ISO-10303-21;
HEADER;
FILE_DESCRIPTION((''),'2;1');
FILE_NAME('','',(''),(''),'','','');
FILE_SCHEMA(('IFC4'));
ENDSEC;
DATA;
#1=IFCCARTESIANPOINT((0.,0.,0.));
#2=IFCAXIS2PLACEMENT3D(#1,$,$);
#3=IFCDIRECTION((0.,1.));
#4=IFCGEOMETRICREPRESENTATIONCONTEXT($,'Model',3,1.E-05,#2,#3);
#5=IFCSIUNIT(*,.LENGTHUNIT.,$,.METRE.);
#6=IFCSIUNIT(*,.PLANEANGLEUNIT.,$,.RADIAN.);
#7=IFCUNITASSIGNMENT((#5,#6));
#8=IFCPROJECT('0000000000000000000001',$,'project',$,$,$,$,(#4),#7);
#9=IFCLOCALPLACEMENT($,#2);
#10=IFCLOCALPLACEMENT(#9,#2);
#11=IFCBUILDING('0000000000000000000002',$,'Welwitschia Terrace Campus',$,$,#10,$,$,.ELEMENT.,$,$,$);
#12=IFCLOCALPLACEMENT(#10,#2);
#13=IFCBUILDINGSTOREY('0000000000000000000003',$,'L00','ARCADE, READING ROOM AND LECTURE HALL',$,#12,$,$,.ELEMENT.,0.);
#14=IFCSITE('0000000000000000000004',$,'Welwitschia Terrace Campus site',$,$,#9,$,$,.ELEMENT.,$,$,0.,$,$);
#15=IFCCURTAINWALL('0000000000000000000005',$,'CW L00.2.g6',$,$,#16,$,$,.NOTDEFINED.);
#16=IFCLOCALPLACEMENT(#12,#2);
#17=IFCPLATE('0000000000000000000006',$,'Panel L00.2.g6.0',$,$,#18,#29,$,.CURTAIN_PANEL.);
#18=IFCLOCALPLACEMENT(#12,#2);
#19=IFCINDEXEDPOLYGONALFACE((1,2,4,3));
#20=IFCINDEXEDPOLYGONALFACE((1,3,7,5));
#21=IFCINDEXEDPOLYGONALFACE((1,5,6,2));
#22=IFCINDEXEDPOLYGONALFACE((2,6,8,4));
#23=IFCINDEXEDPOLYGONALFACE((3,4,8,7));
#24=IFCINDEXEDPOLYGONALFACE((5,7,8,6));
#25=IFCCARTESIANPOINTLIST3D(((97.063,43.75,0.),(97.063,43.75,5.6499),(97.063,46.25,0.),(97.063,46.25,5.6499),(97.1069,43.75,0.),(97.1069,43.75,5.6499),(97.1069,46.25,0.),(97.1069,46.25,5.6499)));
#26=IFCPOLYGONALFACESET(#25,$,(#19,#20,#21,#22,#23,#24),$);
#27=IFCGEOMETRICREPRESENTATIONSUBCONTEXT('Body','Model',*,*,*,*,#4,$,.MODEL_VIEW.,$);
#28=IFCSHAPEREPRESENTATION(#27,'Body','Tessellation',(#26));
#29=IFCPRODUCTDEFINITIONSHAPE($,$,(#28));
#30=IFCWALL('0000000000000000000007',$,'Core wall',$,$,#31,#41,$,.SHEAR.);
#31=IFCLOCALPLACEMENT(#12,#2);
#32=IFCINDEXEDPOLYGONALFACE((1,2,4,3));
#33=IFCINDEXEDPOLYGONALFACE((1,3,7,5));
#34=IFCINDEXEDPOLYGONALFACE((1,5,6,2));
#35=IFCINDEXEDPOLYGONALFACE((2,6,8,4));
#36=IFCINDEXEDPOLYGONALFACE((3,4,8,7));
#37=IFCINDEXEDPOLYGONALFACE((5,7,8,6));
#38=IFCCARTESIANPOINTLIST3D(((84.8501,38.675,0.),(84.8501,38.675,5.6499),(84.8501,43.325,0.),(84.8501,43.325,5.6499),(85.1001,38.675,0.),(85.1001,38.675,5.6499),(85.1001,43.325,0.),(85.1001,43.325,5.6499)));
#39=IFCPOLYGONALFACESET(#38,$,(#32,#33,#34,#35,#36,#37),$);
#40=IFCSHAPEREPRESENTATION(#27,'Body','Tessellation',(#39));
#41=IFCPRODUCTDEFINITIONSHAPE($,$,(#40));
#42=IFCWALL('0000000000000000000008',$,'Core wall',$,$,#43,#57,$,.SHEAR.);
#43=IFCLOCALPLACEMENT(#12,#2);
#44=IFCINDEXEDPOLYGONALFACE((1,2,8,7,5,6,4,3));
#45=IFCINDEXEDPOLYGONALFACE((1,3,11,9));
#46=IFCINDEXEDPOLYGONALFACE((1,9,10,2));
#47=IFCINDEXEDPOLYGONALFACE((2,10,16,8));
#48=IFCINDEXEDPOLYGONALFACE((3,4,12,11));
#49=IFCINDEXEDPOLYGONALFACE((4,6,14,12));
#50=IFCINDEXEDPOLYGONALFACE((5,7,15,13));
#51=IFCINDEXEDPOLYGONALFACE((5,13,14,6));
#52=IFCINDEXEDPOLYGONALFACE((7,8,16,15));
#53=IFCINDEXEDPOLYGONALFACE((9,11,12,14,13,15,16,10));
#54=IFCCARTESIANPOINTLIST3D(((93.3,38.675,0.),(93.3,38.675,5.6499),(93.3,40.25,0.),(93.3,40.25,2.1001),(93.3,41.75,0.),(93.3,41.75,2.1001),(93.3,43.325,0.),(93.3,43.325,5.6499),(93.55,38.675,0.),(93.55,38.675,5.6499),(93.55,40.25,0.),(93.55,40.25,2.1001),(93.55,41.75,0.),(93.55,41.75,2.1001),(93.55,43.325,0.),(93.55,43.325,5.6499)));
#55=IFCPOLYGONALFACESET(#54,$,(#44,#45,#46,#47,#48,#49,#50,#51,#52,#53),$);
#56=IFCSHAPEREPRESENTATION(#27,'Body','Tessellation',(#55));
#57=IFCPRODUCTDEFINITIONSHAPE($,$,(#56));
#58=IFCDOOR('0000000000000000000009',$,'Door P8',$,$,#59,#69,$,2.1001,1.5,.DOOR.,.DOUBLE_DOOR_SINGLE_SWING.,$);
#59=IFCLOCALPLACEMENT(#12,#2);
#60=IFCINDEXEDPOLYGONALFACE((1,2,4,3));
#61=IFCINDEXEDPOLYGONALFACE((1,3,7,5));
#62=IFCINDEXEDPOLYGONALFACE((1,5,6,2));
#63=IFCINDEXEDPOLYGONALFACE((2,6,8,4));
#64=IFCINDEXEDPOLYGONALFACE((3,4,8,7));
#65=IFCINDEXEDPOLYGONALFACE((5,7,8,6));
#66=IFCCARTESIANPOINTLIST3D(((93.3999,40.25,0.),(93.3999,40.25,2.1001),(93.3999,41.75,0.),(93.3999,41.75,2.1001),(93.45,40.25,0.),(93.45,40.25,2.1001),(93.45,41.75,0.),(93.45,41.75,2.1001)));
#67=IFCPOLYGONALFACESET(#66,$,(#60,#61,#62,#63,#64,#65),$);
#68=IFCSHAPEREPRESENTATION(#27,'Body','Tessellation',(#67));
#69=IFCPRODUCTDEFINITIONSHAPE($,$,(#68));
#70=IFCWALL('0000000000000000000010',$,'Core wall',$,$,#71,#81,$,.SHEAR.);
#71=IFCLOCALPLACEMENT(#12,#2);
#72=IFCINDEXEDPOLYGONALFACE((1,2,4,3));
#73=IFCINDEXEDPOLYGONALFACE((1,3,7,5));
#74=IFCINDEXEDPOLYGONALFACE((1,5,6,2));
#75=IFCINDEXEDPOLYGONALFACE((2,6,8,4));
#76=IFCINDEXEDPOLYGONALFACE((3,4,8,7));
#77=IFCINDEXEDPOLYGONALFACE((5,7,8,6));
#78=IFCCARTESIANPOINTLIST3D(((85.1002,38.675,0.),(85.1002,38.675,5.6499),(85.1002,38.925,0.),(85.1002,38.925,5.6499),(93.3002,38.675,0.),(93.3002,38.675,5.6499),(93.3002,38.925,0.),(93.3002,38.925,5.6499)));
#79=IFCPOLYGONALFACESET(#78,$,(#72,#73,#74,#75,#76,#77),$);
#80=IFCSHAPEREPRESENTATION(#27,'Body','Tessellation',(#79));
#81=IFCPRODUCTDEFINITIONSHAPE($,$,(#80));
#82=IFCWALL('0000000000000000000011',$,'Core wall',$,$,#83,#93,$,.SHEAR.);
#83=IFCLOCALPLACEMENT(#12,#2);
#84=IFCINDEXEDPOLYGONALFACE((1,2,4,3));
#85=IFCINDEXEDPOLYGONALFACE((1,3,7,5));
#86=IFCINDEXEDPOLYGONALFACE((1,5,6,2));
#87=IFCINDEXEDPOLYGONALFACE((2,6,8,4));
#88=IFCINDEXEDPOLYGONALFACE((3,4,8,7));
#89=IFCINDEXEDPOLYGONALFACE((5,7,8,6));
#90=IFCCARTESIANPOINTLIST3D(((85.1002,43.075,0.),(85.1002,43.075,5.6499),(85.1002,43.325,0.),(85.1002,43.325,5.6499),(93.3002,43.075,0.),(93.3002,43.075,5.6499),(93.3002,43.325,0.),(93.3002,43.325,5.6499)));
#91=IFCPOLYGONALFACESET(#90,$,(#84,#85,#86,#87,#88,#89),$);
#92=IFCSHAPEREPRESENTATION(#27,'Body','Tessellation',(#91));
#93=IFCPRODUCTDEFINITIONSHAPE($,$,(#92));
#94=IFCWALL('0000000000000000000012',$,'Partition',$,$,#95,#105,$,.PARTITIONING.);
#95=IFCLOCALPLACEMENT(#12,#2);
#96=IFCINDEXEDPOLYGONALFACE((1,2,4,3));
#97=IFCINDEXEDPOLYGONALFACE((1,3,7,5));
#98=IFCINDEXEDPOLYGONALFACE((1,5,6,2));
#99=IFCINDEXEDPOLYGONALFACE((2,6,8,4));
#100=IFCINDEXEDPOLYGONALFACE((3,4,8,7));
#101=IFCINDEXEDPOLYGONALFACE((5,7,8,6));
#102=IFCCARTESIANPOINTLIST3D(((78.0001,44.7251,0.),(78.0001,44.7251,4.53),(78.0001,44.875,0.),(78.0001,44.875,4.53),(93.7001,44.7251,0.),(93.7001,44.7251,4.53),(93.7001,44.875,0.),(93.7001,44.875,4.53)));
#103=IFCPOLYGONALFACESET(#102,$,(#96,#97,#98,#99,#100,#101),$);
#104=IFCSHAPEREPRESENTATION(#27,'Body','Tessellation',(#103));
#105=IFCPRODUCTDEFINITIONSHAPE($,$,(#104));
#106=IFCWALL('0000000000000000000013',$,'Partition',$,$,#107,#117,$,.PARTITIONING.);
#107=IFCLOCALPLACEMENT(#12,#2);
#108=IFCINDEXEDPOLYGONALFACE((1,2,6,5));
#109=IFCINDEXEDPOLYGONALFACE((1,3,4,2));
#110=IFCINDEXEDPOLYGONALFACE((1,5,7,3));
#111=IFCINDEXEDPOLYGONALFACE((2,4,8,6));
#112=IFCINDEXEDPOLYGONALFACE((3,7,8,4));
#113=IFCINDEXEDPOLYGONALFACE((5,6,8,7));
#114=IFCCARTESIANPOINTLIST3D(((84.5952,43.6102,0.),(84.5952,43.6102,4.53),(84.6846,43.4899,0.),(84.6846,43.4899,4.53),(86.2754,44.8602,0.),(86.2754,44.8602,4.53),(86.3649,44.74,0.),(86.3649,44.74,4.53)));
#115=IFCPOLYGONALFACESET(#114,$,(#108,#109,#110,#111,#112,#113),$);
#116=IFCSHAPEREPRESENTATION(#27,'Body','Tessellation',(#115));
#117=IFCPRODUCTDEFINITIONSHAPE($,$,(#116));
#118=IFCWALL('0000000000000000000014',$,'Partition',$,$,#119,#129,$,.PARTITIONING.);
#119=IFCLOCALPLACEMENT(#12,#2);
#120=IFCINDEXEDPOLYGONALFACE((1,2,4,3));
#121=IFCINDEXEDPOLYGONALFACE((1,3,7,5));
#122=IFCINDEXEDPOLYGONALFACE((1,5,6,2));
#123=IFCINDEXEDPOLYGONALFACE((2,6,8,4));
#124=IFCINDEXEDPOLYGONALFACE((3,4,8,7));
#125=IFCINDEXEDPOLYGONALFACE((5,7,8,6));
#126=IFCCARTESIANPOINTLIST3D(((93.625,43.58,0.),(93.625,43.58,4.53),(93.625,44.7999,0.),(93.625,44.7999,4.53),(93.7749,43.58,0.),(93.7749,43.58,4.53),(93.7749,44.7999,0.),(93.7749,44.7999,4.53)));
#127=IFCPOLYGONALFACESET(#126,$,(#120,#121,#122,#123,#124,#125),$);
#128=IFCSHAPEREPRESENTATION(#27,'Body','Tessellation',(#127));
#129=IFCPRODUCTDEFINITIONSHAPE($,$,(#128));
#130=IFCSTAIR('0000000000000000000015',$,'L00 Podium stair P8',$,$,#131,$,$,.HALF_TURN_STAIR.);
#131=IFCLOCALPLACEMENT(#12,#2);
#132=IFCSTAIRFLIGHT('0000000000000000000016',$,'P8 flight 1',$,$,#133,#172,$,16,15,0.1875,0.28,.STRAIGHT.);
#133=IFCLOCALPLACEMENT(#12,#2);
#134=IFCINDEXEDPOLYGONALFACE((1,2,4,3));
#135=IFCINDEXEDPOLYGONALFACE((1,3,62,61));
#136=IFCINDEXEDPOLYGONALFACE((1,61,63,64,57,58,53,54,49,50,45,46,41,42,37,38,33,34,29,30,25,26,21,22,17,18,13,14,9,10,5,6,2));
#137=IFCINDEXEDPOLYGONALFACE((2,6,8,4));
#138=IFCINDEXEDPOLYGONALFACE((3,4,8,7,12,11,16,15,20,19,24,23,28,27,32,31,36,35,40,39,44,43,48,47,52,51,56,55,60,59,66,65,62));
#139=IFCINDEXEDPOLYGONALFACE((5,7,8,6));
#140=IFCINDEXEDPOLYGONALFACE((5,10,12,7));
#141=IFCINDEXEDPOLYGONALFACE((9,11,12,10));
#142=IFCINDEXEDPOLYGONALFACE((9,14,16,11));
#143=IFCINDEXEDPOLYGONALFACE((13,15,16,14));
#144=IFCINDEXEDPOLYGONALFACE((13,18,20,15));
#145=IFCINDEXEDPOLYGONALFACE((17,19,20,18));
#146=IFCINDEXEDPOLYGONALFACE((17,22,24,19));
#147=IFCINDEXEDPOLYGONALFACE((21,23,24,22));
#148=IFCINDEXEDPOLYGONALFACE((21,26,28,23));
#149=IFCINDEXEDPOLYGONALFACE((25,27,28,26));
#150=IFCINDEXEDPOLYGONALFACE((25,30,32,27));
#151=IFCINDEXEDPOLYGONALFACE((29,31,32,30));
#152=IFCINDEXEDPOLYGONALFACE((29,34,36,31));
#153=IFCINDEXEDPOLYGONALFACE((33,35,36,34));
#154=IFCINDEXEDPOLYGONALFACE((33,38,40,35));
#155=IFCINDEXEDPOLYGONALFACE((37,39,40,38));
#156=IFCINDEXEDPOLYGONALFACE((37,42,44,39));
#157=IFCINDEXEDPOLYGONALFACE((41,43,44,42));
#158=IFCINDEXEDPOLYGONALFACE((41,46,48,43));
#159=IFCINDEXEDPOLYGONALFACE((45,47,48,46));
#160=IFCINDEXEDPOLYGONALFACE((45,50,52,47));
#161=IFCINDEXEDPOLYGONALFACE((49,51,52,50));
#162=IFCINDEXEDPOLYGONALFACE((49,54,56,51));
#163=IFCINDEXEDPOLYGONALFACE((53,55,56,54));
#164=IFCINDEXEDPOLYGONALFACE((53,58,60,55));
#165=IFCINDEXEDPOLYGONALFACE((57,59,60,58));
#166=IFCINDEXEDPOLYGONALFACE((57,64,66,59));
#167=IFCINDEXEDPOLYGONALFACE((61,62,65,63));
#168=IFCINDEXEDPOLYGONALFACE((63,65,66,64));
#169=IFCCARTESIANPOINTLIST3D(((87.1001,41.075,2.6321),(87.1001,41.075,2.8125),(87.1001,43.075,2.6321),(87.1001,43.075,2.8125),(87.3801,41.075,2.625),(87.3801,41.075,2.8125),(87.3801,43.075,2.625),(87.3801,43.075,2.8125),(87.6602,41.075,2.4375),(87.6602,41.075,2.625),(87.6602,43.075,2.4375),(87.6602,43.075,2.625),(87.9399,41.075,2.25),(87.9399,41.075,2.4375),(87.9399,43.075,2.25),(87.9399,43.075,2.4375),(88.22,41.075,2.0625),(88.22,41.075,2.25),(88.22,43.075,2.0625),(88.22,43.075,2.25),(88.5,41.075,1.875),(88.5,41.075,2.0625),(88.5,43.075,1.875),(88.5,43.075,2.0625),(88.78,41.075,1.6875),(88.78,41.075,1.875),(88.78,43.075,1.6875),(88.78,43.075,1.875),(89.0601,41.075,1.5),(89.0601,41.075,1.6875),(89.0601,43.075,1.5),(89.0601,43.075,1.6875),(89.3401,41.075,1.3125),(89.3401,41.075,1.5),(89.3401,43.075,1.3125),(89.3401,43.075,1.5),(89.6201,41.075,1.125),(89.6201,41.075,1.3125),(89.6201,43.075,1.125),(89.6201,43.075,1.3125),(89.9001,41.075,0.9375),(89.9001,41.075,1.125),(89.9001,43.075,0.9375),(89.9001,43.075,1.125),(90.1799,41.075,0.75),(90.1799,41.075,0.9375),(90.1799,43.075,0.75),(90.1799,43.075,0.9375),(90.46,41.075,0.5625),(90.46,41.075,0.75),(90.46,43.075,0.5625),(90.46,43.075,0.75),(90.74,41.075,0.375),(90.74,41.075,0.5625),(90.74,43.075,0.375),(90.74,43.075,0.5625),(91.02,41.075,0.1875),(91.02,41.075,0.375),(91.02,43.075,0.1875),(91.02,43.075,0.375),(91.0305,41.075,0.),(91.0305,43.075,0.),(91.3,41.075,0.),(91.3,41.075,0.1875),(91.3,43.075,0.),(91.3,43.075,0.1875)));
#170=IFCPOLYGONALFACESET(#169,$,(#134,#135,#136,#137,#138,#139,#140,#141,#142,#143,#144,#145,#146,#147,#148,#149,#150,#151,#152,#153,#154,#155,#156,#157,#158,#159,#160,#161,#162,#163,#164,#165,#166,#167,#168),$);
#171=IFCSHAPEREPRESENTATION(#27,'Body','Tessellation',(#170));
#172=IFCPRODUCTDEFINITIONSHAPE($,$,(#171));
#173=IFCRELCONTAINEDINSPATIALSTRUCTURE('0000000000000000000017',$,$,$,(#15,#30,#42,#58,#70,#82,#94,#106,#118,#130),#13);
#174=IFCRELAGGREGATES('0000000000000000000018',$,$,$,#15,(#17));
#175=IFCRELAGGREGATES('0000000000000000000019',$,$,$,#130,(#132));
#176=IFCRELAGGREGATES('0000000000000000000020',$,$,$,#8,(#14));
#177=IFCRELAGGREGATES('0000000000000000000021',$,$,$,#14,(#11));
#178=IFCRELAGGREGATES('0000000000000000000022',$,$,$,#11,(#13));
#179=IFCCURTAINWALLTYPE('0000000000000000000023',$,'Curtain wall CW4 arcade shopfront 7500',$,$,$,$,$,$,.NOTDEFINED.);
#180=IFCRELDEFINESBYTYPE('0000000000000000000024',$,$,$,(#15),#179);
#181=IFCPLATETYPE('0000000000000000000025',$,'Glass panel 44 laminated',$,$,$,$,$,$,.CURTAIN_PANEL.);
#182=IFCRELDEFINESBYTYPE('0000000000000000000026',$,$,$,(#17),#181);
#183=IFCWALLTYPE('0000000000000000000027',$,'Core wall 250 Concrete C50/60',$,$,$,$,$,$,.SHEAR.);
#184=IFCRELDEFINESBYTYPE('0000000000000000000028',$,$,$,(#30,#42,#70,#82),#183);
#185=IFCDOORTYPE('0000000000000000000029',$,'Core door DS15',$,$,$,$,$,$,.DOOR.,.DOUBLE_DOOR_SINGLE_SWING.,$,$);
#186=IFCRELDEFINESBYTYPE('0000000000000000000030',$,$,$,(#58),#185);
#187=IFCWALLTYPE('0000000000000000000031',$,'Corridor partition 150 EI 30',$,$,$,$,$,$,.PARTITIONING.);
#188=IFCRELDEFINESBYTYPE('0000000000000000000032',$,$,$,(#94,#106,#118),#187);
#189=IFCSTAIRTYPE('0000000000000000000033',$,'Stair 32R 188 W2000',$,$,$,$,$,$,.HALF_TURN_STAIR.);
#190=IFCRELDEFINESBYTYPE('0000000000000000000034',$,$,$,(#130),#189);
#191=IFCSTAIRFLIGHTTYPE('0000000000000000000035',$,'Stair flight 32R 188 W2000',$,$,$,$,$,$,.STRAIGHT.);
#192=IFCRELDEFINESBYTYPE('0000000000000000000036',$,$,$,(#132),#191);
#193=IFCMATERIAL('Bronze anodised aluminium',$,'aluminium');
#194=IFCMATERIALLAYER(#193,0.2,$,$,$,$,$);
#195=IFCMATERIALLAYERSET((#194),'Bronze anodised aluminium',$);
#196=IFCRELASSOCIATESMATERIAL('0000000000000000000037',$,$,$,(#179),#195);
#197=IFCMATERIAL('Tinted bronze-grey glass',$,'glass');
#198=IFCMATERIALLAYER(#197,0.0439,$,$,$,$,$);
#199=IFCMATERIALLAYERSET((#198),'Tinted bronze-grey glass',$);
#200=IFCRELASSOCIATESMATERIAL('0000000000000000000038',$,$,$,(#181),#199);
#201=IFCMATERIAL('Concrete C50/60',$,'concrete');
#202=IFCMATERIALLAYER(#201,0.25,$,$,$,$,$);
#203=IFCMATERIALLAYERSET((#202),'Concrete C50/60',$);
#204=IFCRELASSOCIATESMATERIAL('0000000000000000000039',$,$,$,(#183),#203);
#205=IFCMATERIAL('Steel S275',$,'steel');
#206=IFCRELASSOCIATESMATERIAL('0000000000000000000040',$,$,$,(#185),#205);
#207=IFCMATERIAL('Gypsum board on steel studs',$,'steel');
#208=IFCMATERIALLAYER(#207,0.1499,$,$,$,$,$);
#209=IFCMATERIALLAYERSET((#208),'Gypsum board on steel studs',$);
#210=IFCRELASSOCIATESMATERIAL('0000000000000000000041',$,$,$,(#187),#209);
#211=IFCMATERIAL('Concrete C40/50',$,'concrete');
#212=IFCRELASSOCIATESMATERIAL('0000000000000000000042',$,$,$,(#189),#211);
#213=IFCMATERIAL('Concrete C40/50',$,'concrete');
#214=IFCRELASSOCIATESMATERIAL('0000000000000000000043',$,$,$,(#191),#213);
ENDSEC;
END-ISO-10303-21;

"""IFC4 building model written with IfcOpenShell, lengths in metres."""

from ifc_helpers import new_model, si_unit, direction, frame, frame_2d, origin, origin_2d, place, context, subcontext, project, spatial, polyline, rectangle, outline, extrude, material, layer, layer_set, type_object, element, fill, aggregate, save


model = new_model("IFC4")

# Units and contexts
model_context = context("Model", 3, precision=1e-05, world=origin(), true_north=direction((0.0, 1.0)))
body_context = subcontext(model_context, "Body", "Model", "MODEL_VIEW")
ifc_project = project(units=[si_unit("LENGTHUNIT", "METRE"), si_unit("PLANEANGLEUNIT", "RADIAN")], contexts=[model_context])

# Site, building, storey
site_placement = place(None, origin())
site = spatial("IfcSite", under=ifc_project, at=site_placement, Name="Welwitschia Terrace Campus site", CompositionType="ELEMENT", RefElevation=0.0)
building_placement = place(site_placement, origin())
building = spatial("IfcBuilding", under=site, at=building_placement, Name="Welwitschia Terrace Campus", CompositionType="ELEMENT")
storey_placement = place(building_placement, origin())
storey = spatial("IfcBuildingStorey", under=building, at=storey_placement, Name="L00", Description="ARCADE, READING ROOM AND LECTURE HALL", CompositionType="ELEMENT", Elevation=0.0)

# Shared definitions
ifc_material_1 = material(Name="Bronze anodised aluminium", Category="aluminium")
ifc_layer_1 = layer(ifc_material_1, 0.2)
ifc_layer_set_1 = layer_set([ifc_layer_1], Name="Bronze anodised aluminium")
curtain_wall_type = type_object("IfcCurtainWallType", Name="Curtain wall CW4 arcade shopfront 7500", PredefinedType="NOTDEFINED", material=ifc_layer_set_1)

# Curtain wall
curtain_wall_1_placement = place(storey_placement, origin())
curtain_wall_1 = element("IfcCurtainWall", 1, at=curtain_wall_1_placement, inside=storey, type_object=curtain_wall_type, Name="CW L00.2.g6", PredefinedType="NOTDEFINED")

# Plate
ifc_material_2 = material(Name="Tinted bronze-grey glass", Category="glass")
ifc_layer_2 = layer(ifc_material_2, 0.0439)
ifc_layer_set_2 = layer_set([ifc_layer_2], Name="Tinted bronze-grey glass")
plate_type = type_object("IfcPlateType", Name="Glass panel 44 laminated", PredefinedType="CURTAIN_PANEL", material=ifc_layer_set_2)
plate_1_placement = place(storey_placement, frame((97.085, 45.0, 0.0), z_axis=(0.0, 0.0, 1.0), x_axis=(0.0, 1.0, 0.0)))
plate_1 = element("IfcPlate", 2, at=plate_1_placement, type_object=plate_type, Name="Panel L00.2.g6.0", PredefinedType="CURTAIN_PANEL", context=body_context, shape_type="SweptSolid", body=[
    extrude(rectangle(XDim=2.5, YDim=0.0439, at=origin_2d()), origin(), (0.0, 0.0, 1.0), 5.6499),
])
aggregate(curtain_wall_1, [plate_1])

# Wall
ifc_material_3 = material(Name="Concrete C50/60", Category="concrete")
ifc_layer_3 = layer(ifc_material_3, 0.25)
ifc_layer_set_3 = layer_set([ifc_layer_3], Name="Concrete C50/60")
wall_type_1 = type_object("IfcWallType", Name="Core wall 250 Concrete C50/60", PredefinedType="SHEAR", material=ifc_layer_set_3)
wall_1_placement = place(storey_placement, frame((84.9751, 38.675, 0.0), z_axis=(0.0, 0.0, 1.0), x_axis=(0.0, 1.0, 0.0)))
element("IfcWall", 3, at=wall_1_placement, inside=storey, type_object=wall_type_1, Name="Core wall", PredefinedType="SHEAR", context=body_context, shape_type="SweptSolid", body=[
    extrude(rectangle(XDim=4.6499, YDim=0.25, at=frame_2d((2.325, 0.0))), origin(), (0.0, 0.0, 1.0), 5.6499),
])

# Wall, opening, door
wall_2_placement = place(storey_placement, frame((93.425, 43.325, 0.0), z_axis=(0.0, 0.0, 1.0), x_axis=(0.0, -1.0, 0.0)))
wall_2 = element("IfcWall", 4, at=wall_2_placement, inside=storey, type_object=wall_type_1, Name="Core wall", PredefinedType="SHEAR", context=body_context, shape_type="SweptSolid", body=[
    extrude(rectangle(XDim=4.6499, YDim=0.25, at=frame_2d((2.325, 0.0))), origin(), (0.0, 0.0, 1.0), 5.6499),
])
opening_1_placement = place(wall_2_placement, frame((1.575, 0.0, 0.0)))
opening_1 = element("IfcOpeningElement", 5, at=opening_1_placement, cuts=wall_2, PredefinedType="OPENING", context=body_context, shape_type="SweptSolid", body=[
    extrude(rectangle(XDim=1.5, YDim=2.1001, at=frame_2d((0.75, 1.05))), frame((0.0, 0.135, 0.0), z_axis=(0.0, -1.0, 0.0), x_axis=(1.0, 0.0, 0.0)), (0.0, 0.0, 1.0), 0.27),
])
ifc_material_4 = material(Name="Steel S275", Category="steel")
door_type_1 = type_object("IfcDoorType", Name="Core door DS15", OperationType="DOUBLE_DOOR_SINGLE_SWING", PredefinedType="DOOR", material=ifc_material_4)
door_1_placement = place(opening_1_placement, origin())
door_1 = element("IfcDoor", 6, at=door_1_placement, inside=storey, type_object=door_type_1, Name="Door P8", OperationType="DOUBLE_DOOR_SINGLE_SWING", OverallHeight=2.1001, OverallWidth=1.5, PredefinedType="DOOR", context=body_context, shape_type="SweptSolid", body=[
    extrude(rectangle(XDim=1.5, YDim=2.1001, at=frame_2d((0.75, 1.05))), frame((0.0, 0.0249, 0.0), z_axis=(0.0, -1.0, 0.0), x_axis=(1.0, 0.0, 0.0)), (0.0, 0.0, 1.0), 0.05),
])
fill(opening_1, door_1)

# Walls
for number, where, z_axis, x_axis, name in (
    (7, (85.1001, 38.8, 0.0), (0.0, 0.0, 1.0), (1.0, 0.0, 0.0), "Core wall"),
    (8, (85.1001, 43.2, 0.0), (0.0, 0.0, 1.0), (1.0, 0.0, 0.0), "Core wall"),
):
    element("IfcWall", number, at=place(storey_placement, frame(where, z_axis=z_axis, x_axis=x_axis)), inside=storey, type_object=wall_type_1, Name=name, PredefinedType="SHEAR", context=body_context, shape_type="SweptSolid", body=[
        extrude(rectangle(XDim=8.2, YDim=0.25, at=frame_2d((4.1001, 0.0))), origin(), (0.0, 0.0, 1.0), 5.6499),
    ])
ifc_material_5 = material(Name="Gypsum board on steel studs", Category="steel")
ifc_layer_4 = layer(ifc_material_5, 0.1499)
ifc_layer_set_4 = layer_set([ifc_layer_4], Name="Gypsum board on steel studs")
wall_type_2 = type_object("IfcWallType", Name="Corridor partition 150 EI 30", PredefinedType="PARTITIONING", material=ifc_layer_set_4)
wall_3_placement = place(storey_placement, frame((78.0, 44.8, 0.0), z_axis=(0.0, 0.0, 1.0), x_axis=(1.0, 0.0, 0.0)))
element("IfcWall", 9, at=wall_3_placement, inside=storey, type_object=wall_type_2, Name="Partition", PredefinedType="PARTITIONING", context=body_context, shape_type="SweptSolid", body=[
    extrude(rectangle(XDim=15.7, YDim=0.1499, at=frame_2d((7.8501, 0.0))), origin(), (0.0, 0.0, 1.0), 4.53),
])
wall_4_placement = place(storey_placement, frame((84.6399, 43.55, 0.0), z_axis=(0.0, 0.0, 1.0), x_axis=(0.802316, 0.596899, 0.0)))
element("IfcWall", 10, at=wall_4_placement, inside=storey, type_object=wall_type_2, Name="Partition", PredefinedType="PARTITIONING", context=body_context, shape_type="SweptSolid", body=[
    extrude(rectangle(XDim=2.0942, YDim=0.1499, at=frame_2d((1.0471, 0.0))), origin(), (0.0, 0.0, 1.0), 4.53),
])
wall_5_placement = place(storey_placement, frame((93.7, 43.5801, 0.0), z_axis=(0.0, 0.0, 1.0), x_axis=(0.0, 1.0, 0.0)))
element("IfcWall", 11, at=wall_5_placement, inside=storey, type_object=wall_type_2, Name="Partition", PredefinedType="PARTITIONING", context=body_context, shape_type="SweptSolid", body=[
    extrude(rectangle(XDim=1.22, YDim=0.1499, at=frame_2d((0.6099, 0.0))), origin(), (0.0, 0.0, 1.0), 4.53),
])

# Stair, stair flight
ifc_material_6 = material(Name="Concrete C40/50", Category="concrete")
stair_type = type_object("IfcStairType", Name="Stair 32R 188 W2000", PredefinedType="HALF_TURN_STAIR", material=ifc_material_6)
stair_placement = place(storey_placement, origin())
stair = element("IfcStair", 12, at=stair_placement, inside=storey, type_object=stair_type, Name="L00 Podium stair P8", PredefinedType="HALF_TURN_STAIR")
ifc_material_7 = material(Name="Concrete C40/50", Category="concrete")
stair_flight_type = type_object("IfcStairFlightType", Name="Stair flight 32R 188 W2000", PredefinedType="STRAIGHT", material=ifc_material_7)
stair_flight_1_placement = place(storey_placement, frame((91.3, 42.075, 0.0), z_axis=(0.0, 0.0, 1.0), x_axis=(-1.0, 0.0, 0.0)))
stair_flight_1 = element("IfcStairFlight", 13, at=stair_flight_1_placement, type_object=stair_flight_type, Name="P8 flight 1", NumberOfRisers=16, NumberOfTreads=15, PredefinedType="STRAIGHT", RiserHeight=0.1875, TreadLength=0.28, context=body_context, shape_type="SweptSolid", body=[
    extrude(outline(polyline([(0.0, 0.0), (0.0, 0.1875), (0.28, 0.1875), (0.28, 0.375), (0.5601, 0.375), (0.5601, 0.5625), (0.8401, 0.5625), (0.8401, 0.75), (1.1201, 0.75), (1.1201, 0.9375), (1.3999, 0.9375), (1.3999, 1.125), (1.6799, 1.125), (1.6799, 1.3125), (1.96, 1.3125), (1.96, 1.5), (2.24, 1.5), (2.24, 1.6875), (2.52, 1.6875), (2.52, 1.875), (2.8, 1.875), (2.8, 2.0625), (3.0801, 2.0625), (3.0801, 2.25), (3.3601, 2.25), (3.3601, 2.4375), (3.6399, 2.4375), (3.6399, 2.625), (3.9199, 2.625), (3.9199, 2.8125), (4.2, 2.8125), (4.2, 3.0), (4.2, 2.6321), (0.2695, 0.0), (0.0, 0.0)])), frame((0.0, 1.0, 0.0), z_axis=(0.0, -1.0, 0.0), x_axis=(1.0, 0.0, 0.0)), (0.0, 0.0, 1.0), 2.0),
])
aggregate(stair, [stair_flight_1])

save(model, "model.ifc")
